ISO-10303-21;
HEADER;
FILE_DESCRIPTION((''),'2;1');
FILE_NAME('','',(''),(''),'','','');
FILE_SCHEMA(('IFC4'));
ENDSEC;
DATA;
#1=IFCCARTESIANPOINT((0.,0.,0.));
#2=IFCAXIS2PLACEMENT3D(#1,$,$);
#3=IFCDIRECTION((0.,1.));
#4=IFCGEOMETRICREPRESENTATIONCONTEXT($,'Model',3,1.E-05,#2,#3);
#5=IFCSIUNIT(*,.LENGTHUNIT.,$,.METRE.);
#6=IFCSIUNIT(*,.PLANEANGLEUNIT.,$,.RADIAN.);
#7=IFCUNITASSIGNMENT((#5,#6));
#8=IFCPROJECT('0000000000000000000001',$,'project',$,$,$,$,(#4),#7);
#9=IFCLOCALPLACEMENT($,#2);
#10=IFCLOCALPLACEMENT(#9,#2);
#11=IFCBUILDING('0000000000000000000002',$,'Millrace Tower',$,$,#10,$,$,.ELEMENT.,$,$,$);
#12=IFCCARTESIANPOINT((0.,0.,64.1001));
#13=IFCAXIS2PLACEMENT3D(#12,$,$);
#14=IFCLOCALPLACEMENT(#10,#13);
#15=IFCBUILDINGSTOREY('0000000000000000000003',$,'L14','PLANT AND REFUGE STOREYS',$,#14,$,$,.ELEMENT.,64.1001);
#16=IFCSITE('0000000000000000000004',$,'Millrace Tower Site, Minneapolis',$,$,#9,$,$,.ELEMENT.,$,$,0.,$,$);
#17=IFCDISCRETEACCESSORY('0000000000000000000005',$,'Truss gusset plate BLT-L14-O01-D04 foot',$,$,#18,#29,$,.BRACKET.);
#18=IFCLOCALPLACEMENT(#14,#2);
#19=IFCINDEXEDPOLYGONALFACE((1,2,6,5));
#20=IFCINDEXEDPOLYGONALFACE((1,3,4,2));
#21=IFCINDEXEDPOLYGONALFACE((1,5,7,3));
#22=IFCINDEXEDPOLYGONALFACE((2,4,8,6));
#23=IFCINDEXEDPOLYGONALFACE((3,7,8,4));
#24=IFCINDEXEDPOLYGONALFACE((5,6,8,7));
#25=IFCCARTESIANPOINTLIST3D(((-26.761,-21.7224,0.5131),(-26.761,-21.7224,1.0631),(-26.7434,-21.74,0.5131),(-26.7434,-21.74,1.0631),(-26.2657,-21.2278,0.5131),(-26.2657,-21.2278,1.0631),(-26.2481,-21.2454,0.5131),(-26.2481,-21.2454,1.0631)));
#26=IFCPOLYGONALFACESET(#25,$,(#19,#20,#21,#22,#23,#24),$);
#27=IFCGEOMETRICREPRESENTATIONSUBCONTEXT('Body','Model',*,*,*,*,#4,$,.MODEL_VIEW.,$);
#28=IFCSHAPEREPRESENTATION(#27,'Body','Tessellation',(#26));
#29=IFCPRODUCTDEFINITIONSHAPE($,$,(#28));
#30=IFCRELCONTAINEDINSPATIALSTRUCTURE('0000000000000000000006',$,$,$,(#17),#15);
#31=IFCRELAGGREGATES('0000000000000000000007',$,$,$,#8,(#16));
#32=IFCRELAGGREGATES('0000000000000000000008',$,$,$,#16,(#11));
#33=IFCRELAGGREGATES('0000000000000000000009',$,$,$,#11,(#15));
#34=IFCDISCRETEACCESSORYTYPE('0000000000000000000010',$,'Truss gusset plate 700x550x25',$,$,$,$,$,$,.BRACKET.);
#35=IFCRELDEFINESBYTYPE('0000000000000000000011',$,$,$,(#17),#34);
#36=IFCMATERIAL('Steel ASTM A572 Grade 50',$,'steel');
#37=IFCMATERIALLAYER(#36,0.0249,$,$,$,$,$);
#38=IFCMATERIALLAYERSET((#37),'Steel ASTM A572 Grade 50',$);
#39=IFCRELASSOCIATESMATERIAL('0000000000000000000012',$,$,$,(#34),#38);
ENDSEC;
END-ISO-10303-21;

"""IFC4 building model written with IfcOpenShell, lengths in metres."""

from ifc_helpers import new_model, si_unit, direction, frame, origin, origin_2d, place, context, subcontext, project, spatial, rectangle, extrude, material, layer, layer_set, type_object, element, save


model = new_model("IFC4")

# Units and contexts
model_context = context("Model", 3, precision=1e-05, world=origin(), true_north=direction((0.0, 1.0)))
body_context = subcontext(model_context, "Body", "Model", "MODEL_VIEW")
ifc_project = project(units=[si_unit("LENGTHUNIT", "METRE"), si_unit("PLANEANGLEUNIT", "RADIAN")], contexts=[model_context])

# Site, building, storey
site_placement = place(None, origin())
site = spatial("IfcSite", under=ifc_project, at=site_placement, Name="Millrace Tower Site, Minneapolis", CompositionType="ELEMENT", RefElevation=0.0)
building_placement = place(site_placement, origin())
building = spatial("IfcBuilding", under=site, at=building_placement, Name="Millrace Tower", CompositionType="ELEMENT")
storey_placement = place(building_placement, frame((0.0, 0.0, 64.1001)))
storey = spatial("IfcBuildingStorey", under=building, at=storey_placement, Name="L14", Description="PLANT AND REFUGE STOREYS", CompositionType="ELEMENT", Elevation=64.1001)

# Discrete accessory
ifc_material_1 = material(Name="Steel ASTM A572 Grade 50", Category="steel")
ifc_layer_1 = layer(ifc_material_1, 0.0249)
ifc_layer_set_1 = layer_set([ifc_layer_1], Name="Steel ASTM A572 Grade 50")
discrete_accessory_type = type_object("IfcDiscreteAccessoryType", Name="Truss gusset plate 700x550x25", PredefinedType="BRACKET", material=ifc_layer_set_1)
for number, where, z_axis, x_axis, name in (
    (1, (-26.7522, -21.7312, 0.7881), (0.70763, 0.706583, 0.0), (-0.706583, 0.70763, 0.0), "Truss gusset plate BLT-L14-O01-D04 foot"),
):
    element("IfcDiscreteAccessory", number, at=place(storey_placement, frame(where, z_axis=z_axis, x_axis=x_axis)), inside=storey, type_object=discrete_accessory_type, Name=name, PredefinedType="BRACKET", context=body_context, shape_type="SweptSolid", body=[
        extrude(rectangle(XDim=0.0249, YDim=0.55, at=origin_2d()), origin(), (0.0, 0.0, 1.0), 0.7),
    ])

save(model, "model.ifc")
